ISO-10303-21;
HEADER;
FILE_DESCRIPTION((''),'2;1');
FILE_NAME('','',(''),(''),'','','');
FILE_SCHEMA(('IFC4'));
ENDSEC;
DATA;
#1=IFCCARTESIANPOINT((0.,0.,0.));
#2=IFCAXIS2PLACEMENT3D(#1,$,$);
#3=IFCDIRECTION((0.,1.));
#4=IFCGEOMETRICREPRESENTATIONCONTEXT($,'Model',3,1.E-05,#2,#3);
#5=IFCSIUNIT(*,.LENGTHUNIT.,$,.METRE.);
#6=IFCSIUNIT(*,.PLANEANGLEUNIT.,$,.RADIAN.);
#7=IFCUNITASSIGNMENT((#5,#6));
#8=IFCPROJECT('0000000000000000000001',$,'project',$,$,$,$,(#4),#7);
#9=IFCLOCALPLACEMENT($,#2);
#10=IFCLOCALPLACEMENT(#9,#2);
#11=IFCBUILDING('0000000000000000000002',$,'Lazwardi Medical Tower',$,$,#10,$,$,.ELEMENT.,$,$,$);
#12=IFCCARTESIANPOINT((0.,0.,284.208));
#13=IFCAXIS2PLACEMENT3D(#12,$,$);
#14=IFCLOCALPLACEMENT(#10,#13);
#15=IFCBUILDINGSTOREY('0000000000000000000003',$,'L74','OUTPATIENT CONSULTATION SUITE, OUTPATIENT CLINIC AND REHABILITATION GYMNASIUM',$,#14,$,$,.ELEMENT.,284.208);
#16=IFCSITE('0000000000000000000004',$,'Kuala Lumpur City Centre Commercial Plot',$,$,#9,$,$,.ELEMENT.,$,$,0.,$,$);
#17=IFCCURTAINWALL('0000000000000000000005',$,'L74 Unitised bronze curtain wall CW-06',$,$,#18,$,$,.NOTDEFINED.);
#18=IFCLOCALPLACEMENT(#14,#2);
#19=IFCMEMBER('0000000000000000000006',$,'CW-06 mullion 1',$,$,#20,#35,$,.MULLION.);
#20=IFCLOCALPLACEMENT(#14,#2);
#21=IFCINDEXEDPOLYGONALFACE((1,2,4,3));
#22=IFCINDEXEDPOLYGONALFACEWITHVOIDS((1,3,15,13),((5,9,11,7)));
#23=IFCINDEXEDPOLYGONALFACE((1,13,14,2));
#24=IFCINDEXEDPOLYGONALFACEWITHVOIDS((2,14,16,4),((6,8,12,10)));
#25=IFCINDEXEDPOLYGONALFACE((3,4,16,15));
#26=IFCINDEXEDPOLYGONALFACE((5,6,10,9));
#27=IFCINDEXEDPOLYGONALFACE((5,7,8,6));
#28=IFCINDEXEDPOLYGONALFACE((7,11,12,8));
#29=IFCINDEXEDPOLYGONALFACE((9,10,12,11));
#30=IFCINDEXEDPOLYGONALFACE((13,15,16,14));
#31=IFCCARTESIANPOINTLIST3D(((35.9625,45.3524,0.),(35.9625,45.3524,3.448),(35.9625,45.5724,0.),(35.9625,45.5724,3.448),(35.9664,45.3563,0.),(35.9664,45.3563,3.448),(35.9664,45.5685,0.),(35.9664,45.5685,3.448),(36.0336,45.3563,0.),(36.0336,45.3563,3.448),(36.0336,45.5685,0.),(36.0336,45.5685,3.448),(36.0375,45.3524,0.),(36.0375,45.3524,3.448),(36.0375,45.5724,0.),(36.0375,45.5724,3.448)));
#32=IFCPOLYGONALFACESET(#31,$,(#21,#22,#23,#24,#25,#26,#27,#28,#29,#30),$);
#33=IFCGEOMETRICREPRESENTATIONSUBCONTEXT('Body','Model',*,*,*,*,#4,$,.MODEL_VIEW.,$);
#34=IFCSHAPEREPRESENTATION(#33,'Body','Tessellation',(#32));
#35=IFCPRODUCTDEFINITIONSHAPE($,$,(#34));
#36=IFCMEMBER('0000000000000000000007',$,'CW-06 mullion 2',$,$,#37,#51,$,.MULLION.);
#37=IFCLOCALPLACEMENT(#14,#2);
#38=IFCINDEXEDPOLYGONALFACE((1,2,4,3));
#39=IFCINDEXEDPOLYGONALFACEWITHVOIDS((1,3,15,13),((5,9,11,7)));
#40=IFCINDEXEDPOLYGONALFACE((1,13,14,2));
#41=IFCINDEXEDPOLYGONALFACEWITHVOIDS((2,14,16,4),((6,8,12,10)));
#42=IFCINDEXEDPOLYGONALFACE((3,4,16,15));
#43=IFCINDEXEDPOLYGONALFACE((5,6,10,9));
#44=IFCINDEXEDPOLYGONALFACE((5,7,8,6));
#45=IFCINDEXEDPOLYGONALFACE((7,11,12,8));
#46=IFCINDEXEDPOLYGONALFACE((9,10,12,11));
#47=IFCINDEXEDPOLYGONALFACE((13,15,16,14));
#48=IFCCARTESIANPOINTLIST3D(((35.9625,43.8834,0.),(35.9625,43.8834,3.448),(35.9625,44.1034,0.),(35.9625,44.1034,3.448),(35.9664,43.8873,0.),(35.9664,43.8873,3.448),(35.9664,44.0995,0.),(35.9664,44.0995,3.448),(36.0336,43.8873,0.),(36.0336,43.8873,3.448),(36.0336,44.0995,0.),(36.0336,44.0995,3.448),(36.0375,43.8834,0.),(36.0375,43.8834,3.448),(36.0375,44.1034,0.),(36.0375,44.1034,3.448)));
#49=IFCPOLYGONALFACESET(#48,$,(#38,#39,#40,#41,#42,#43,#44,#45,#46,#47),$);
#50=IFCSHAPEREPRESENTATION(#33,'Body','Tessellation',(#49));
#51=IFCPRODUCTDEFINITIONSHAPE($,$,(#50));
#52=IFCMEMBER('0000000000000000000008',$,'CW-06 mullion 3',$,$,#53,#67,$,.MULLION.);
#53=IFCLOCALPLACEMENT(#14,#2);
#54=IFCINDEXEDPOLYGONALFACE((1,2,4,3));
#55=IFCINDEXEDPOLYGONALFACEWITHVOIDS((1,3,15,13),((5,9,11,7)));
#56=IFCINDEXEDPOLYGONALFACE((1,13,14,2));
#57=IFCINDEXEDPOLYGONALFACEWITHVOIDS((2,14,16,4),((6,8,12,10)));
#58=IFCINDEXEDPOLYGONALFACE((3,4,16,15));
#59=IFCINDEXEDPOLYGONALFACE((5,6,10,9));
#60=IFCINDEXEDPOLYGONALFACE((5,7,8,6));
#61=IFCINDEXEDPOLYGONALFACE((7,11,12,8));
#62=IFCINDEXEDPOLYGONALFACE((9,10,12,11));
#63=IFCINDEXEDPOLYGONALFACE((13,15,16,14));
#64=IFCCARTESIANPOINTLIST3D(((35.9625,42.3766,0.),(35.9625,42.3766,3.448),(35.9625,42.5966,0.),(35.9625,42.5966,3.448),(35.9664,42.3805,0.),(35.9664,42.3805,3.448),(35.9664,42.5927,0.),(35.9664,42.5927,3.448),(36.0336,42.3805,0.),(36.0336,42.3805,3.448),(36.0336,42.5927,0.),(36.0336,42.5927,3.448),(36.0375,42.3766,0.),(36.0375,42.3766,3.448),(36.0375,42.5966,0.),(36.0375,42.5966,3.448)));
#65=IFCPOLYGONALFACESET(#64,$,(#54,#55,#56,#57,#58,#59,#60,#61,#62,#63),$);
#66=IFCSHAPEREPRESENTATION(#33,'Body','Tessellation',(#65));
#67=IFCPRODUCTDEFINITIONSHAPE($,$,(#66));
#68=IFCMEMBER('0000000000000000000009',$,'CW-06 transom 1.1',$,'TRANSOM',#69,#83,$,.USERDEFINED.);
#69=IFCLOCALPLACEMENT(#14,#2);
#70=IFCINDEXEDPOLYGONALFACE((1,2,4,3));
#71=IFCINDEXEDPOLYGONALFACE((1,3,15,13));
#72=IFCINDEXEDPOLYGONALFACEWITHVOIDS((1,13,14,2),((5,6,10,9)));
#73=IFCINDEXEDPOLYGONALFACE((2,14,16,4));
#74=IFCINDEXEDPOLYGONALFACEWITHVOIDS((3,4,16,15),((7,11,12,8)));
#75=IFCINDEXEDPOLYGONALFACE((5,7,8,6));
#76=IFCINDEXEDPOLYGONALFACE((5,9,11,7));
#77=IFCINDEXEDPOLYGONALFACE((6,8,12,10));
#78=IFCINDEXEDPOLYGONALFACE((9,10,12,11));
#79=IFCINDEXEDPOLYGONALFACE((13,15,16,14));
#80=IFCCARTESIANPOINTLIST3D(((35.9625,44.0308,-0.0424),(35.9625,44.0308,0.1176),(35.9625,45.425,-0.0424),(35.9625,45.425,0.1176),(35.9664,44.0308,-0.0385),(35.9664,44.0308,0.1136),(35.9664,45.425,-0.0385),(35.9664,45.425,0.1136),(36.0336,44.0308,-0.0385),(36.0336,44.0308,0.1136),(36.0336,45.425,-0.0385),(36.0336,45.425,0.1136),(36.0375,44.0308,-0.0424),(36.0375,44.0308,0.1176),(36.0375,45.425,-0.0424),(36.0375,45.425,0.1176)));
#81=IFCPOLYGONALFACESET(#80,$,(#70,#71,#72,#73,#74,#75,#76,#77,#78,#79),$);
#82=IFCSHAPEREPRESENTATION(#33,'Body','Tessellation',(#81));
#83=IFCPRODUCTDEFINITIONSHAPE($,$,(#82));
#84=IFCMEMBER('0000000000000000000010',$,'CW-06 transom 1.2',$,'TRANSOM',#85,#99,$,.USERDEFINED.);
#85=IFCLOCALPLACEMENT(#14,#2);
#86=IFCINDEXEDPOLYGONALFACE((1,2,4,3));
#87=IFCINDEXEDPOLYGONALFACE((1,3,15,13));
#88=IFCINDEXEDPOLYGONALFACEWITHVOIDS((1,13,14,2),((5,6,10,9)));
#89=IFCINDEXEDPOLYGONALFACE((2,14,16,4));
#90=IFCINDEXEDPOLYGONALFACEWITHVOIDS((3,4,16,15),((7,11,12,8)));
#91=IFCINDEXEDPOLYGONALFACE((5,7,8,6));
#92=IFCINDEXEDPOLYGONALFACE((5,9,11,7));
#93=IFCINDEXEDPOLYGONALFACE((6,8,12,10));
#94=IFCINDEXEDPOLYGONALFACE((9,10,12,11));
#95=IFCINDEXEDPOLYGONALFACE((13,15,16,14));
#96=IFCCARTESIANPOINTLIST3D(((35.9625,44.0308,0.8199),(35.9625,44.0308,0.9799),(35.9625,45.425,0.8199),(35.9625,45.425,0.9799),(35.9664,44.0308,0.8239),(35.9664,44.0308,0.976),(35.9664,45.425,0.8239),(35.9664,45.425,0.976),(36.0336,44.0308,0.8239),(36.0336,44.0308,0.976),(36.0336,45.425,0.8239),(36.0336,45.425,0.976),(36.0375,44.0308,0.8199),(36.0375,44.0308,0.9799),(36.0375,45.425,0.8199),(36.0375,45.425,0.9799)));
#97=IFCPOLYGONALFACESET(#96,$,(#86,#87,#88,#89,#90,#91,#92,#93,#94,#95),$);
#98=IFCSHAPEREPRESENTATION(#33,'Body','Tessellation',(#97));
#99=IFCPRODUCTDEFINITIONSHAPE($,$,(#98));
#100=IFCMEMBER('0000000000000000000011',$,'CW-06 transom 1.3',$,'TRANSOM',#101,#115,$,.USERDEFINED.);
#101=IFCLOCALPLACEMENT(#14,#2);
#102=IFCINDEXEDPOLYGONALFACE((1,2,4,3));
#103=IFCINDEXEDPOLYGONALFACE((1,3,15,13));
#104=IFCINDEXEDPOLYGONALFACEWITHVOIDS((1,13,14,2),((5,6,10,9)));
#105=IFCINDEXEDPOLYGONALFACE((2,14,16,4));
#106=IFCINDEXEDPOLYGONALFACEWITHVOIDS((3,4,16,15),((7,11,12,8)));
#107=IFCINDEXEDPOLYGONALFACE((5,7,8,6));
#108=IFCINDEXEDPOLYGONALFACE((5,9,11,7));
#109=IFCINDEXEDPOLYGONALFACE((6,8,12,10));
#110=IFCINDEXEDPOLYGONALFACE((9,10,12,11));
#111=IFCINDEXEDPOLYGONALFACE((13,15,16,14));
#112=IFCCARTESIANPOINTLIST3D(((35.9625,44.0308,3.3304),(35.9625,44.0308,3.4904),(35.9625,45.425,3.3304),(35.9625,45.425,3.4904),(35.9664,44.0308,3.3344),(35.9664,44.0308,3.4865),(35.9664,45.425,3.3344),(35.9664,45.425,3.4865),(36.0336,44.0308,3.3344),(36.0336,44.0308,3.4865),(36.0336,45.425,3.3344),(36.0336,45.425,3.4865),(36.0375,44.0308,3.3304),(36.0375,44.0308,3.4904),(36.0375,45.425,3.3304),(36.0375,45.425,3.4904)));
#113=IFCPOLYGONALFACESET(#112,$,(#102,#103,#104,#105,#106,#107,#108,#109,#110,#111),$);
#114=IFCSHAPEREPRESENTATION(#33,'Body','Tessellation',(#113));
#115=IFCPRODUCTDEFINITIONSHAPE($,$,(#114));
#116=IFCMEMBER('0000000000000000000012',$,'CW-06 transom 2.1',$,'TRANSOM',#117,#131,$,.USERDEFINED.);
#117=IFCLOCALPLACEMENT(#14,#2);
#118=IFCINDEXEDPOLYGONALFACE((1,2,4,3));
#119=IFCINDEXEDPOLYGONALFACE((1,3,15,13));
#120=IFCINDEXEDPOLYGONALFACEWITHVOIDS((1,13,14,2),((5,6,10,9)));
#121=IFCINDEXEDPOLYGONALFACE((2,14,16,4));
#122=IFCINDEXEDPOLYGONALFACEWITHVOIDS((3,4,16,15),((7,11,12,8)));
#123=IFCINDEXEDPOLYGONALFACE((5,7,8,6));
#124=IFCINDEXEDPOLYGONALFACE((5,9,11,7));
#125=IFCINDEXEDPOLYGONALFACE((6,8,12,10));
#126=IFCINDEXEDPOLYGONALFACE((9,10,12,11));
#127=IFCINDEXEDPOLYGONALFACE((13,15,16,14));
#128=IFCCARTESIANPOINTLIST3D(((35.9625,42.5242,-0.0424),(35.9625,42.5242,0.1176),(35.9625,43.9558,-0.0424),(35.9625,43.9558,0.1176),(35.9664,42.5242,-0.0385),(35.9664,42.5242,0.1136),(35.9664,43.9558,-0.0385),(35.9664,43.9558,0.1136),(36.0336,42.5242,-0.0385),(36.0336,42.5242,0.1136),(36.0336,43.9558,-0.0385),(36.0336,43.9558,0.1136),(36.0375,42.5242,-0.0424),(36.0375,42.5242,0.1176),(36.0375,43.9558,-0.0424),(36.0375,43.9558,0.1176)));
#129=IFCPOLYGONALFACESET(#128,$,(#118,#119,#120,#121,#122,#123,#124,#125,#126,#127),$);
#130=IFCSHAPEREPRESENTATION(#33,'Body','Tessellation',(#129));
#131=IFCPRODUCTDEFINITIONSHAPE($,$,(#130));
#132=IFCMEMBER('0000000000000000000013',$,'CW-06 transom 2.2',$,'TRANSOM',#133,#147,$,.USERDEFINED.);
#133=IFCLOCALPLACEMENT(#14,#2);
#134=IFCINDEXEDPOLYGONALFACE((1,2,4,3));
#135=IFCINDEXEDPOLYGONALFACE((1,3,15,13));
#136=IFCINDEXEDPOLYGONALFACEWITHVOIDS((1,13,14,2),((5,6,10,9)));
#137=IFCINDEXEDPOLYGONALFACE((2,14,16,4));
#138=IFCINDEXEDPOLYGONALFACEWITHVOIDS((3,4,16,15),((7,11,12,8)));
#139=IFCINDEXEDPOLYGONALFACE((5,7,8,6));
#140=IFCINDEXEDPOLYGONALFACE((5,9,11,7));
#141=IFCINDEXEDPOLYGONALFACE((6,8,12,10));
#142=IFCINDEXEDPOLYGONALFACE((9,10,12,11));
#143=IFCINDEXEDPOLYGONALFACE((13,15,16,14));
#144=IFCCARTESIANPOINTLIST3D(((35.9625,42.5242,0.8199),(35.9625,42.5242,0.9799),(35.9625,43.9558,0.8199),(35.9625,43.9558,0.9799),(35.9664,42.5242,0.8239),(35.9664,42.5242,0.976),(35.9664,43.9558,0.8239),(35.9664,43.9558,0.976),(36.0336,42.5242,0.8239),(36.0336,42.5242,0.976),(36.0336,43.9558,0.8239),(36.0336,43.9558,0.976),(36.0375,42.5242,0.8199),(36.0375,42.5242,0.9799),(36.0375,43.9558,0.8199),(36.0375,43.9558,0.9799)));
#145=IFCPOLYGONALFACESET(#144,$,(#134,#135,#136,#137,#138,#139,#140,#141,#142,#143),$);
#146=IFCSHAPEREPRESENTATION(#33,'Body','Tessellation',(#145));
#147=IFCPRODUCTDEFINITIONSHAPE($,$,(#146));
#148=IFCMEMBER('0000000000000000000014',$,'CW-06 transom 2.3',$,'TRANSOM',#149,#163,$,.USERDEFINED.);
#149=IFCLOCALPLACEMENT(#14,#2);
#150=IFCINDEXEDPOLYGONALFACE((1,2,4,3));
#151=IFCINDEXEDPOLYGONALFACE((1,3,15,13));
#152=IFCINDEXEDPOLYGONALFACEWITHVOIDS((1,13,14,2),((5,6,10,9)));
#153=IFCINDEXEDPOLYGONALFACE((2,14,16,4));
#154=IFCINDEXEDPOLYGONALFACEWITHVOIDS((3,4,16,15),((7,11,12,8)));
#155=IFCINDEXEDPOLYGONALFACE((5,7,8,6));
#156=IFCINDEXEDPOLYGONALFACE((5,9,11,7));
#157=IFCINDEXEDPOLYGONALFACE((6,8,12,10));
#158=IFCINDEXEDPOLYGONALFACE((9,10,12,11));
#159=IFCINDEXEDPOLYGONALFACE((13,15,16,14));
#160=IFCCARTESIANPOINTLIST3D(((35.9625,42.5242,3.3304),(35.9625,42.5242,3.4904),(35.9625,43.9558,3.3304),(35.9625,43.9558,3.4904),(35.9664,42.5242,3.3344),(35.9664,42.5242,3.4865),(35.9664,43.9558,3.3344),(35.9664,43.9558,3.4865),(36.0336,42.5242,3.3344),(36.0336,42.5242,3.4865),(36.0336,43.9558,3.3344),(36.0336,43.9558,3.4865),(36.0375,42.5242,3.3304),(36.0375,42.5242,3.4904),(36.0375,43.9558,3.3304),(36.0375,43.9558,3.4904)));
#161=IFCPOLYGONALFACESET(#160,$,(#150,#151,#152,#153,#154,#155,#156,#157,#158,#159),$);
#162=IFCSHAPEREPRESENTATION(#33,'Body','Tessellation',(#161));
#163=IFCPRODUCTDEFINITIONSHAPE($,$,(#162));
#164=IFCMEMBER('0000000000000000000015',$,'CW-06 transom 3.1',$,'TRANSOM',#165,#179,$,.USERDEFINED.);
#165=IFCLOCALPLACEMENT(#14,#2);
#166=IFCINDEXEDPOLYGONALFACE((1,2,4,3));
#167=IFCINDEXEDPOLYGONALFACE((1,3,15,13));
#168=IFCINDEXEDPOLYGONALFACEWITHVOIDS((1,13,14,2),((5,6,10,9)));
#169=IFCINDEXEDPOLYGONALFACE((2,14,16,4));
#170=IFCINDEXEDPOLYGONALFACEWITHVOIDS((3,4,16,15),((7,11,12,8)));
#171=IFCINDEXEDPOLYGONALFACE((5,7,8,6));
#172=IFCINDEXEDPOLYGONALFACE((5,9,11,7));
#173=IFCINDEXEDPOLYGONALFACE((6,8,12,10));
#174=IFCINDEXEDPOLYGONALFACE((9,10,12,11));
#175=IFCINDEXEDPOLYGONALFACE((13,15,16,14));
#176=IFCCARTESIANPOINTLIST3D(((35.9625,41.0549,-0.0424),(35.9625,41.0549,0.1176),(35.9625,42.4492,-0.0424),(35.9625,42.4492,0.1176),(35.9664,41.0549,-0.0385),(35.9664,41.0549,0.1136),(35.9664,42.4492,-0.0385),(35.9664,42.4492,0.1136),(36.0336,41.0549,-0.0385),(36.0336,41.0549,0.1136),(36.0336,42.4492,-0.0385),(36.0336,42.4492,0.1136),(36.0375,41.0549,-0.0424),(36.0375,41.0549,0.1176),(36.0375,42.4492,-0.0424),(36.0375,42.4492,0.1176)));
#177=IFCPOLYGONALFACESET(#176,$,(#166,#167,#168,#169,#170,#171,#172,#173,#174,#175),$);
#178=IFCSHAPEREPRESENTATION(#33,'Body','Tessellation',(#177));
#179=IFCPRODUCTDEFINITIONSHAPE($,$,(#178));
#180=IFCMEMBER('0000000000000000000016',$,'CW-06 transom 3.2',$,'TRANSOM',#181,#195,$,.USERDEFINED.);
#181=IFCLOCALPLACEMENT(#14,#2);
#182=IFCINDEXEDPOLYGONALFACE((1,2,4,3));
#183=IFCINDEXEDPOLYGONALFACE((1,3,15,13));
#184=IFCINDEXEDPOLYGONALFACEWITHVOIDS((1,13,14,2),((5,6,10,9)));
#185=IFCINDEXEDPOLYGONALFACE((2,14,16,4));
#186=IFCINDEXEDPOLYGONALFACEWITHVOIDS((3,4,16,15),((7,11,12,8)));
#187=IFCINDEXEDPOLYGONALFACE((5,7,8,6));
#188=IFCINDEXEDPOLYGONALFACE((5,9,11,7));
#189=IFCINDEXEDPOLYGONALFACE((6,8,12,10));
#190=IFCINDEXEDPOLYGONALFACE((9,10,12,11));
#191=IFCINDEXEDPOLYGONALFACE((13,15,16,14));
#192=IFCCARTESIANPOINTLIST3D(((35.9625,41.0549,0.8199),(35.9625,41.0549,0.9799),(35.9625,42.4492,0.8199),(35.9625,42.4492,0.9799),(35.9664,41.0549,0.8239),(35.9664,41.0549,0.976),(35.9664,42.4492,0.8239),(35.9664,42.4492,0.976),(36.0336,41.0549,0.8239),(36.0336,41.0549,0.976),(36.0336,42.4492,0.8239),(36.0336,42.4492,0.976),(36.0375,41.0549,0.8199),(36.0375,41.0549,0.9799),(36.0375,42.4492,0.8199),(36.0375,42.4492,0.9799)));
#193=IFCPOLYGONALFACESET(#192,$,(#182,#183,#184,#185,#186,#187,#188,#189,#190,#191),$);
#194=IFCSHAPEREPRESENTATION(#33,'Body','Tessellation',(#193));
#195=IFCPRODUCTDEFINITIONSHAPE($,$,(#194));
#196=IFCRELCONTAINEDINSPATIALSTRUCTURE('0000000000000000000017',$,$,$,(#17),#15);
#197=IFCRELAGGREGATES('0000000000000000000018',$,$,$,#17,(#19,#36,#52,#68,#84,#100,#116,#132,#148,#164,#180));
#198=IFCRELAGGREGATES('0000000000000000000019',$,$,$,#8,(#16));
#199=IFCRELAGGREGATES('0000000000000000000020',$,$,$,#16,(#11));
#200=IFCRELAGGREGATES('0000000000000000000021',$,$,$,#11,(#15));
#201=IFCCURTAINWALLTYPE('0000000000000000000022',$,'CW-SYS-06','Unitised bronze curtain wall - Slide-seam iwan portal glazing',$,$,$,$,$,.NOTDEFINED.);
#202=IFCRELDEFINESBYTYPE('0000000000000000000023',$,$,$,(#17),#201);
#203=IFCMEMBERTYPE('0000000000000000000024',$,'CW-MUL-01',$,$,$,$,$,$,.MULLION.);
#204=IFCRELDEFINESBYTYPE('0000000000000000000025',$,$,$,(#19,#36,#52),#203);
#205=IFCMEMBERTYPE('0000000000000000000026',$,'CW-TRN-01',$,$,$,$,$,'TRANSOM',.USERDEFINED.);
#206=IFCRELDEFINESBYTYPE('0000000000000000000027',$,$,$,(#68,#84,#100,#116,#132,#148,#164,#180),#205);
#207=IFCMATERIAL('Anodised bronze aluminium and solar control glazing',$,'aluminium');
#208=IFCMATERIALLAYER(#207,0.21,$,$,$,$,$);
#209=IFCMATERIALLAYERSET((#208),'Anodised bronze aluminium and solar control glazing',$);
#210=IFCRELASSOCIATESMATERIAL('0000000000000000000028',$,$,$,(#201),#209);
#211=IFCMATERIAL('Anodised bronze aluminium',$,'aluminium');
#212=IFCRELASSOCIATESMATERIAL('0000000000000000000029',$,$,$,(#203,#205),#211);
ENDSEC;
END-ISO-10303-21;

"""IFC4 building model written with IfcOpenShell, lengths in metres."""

from ifc_helpers import new_model, si_unit, direction, frame, origin, origin_2d, place, context, subcontext, project, spatial, hollow_rectangle, extrude, material, layer, layer_set, material_profile, profile_set, type_object, element, aggregate, save


model = new_model("IFC4")

# Units and contexts
model_context = context("Model", 3, precision=1e-05, world=origin(), true_north=direction((0.0, 1.0)))
body_context = subcontext(model_context, "Body", "Model", "MODEL_VIEW")
ifc_project = project(units=[si_unit("LENGTHUNIT", "METRE"), si_unit("PLANEANGLEUNIT", "RADIAN")], contexts=[model_context])

# Site, building, storey
site_placement = place(None, origin())
site = spatial("IfcSite", under=ifc_project, at=site_placement, Name="Kuala Lumpur City Centre Commercial Plot", CompositionType="ELEMENT", RefElevation=0.0)
building_placement = place(site_placement, origin())
building = spatial("IfcBuilding", under=site, at=building_placement, Name="Lazwardi Medical Tower", CompositionType="ELEMENT")
storey_placement = place(building_placement, frame((0.0, 0.0, 284.208)))
storey = spatial("IfcBuildingStorey", under=building, at=storey_placement, Name="L74", Description="OUTPATIENT CONSULTATION SUITE, OUTPATIENT CLINIC AND REHABILITATION GYMNASIUM", CompositionType="ELEMENT", Elevation=284.208)

# Curtain wall, members
ifc_material_1 = material(Name="Anodised bronze aluminium and solar control glazing", Category="aluminium")
ifc_layer_1 = layer(ifc_material_1, 0.21)
ifc_layer_set_1 = layer_set([ifc_layer_1], Name="Anodised bronze aluminium and solar control glazing")
curtain_wall_type = type_object("IfcCurtainWallType", Name="CW-SYS-06", Description="Unitised bronze curtain wall - Slide-seam iwan portal glazing", PredefinedType="NOTDEFINED", material=ifc_layer_set_1)
curtain_wall_placement = place(storey_placement, origin())
curtain_wall = element("IfcCurtainWall", 1, at=curtain_wall_placement, inside=storey, type_object=curtain_wall_type, Name="L74 Unitised bronze curtain wall CW-06", PredefinedType="NOTDEFINED")
ifc_material_2 = material(Name="Anodised bronze aluminium", Category="aluminium")
ifc_material_profile_1 = material_profile(ifc_material_2, hollow_rectangle(XDim=0.075, YDim=0.22, WallThickness=0.0039, at=origin_2d()), Name="ALU-MULLION 220x75x4")
ifc_profile_set_1 = profile_set([ifc_material_profile_1], Name="Anodised bronze aluminium")
member_type_1 = type_object("IfcMemberType", Name="CW-MUL-01", PredefinedType="MULLION", material=ifc_profile_set_1)
member_1_placement = place(storey_placement, frame((36.0, 45.4624, 0.0), z_axis=(0.0, 0.0, 1.0), x_axis=(1.0, 0.0, 0.0)))
member_1 = element("IfcMember", 2, at=member_1_placement, type_object=member_type_1, Name="CW-06 mullion 1", PredefinedType="MULLION", context=body_context, shape_type="SweptSolid", body=[
    extrude(hollow_rectangle(XDim=0.075, YDim=0.22, WallThickness=0.0039, at=origin_2d()), origin(), (0.0, 0.0, 1.0), 3.448),
])
member_2_placement = place(storey_placement, frame((36.0, 43.9934, 0.0), z_axis=(0.0, 0.0, 1.0), x_axis=(1.0, 0.0, 0.0)))
member_2 = element("IfcMember", 3, at=member_2_placement, type_object=member_type_1, Name="CW-06 mullion 2", PredefinedType="MULLION", context=body_context, shape_type="SweptSolid", body=[
    extrude(hollow_rectangle(XDim=0.075, YDim=0.22, WallThickness=0.0039, at=origin_2d()), origin(), (0.0, 0.0, 1.0), 3.448),
])
member_3_placement = place(storey_placement, frame((36.0, 42.4866, 0.0), z_axis=(0.0, 0.0, 1.0), x_axis=(1.0, 0.0, 0.0)))
member_3 = element("IfcMember", 4, at=member_3_placement, type_object=member_type_1, Name="CW-06 mullion 3", PredefinedType="MULLION", context=body_context, shape_type="SweptSolid", body=[
    extrude(hollow_rectangle(XDim=0.075, YDim=0.22, WallThickness=0.0039, at=origin_2d()), origin(), (0.0, 0.0, 1.0), 3.448),
])
ifc_material_profile_2 = material_profile(ifc_material_2, hollow_rectangle(XDim=0.075, YDim=0.1599, WallThickness=0.0039, at=origin_2d()), Name="ALU-TRANSOM 160x75x4")
ifc_profile_set_2 = profile_set([ifc_material_profile_2], Name="Anodised bronze aluminium")
member_type_2 = type_object("IfcMemberType", Name="CW-TRN-01", ElementType="TRANSOM", PredefinedType="USERDEFINED", material=ifc_profile_set_2)
member_4_placement = place(storey_placement, frame((36.0, 45.425, 0.0376), z_axis=(0.0, -1.0, 0.0), x_axis=(1.0, 0.0, 0.0)))
member_4 = element("IfcMember", 5, at=member_4_placement, type_object=member_type_2, Name="CW-06 transom 1.1", ObjectType="TRANSOM", PredefinedType="USERDEFINED", context=body_context, shape_type="SweptSolid", body=[
    extrude(hollow_rectangle(XDim=0.075, YDim=0.1599, WallThickness=0.0039, at=origin_2d()), origin(), (0.0, 0.0, 1.0), 1.3943),
])
member_5_placement = place(storey_placement, frame((36.0, 45.425, 0.8999), z_axis=(0.0, -1.0, 0.0), x_axis=(1.0, 0.0, 0.0)))
member_5 = element("IfcMember", 6, at=member_5_placement, type_object=member_type_2, Name="CW-06 transom 1.2", ObjectType="TRANSOM", PredefinedType="USERDEFINED", context=body_context, shape_type="SweptSolid", body=[
    extrude(hollow_rectangle(XDim=0.075, YDim=0.1599, WallThickness=0.0039, at=origin_2d()), origin(), (0.0, 0.0, 1.0), 1.3943),
])
member_6_placement = place(storey_placement, frame((36.0, 45.425, 3.4104), z_axis=(0.0, -1.0, 0.0), x_axis=(1.0, 0.0, 0.0)))
member_6 = element("IfcMember", 7, at=member_6_placement, type_object=member_type_2, Name="CW-06 transom 1.3", ObjectType="TRANSOM", PredefinedType="USERDEFINED", context=body_context, shape_type="SweptSolid", body=[
    extrude(hollow_rectangle(XDim=0.075, YDim=0.1599, WallThickness=0.0039, at=origin_2d()), origin(), (0.0, 0.0, 1.0), 1.3943),
])
member_7_placement = place(storey_placement, frame((36.0, 43.9558, 0.0376), z_axis=(0.0, -1.0, 0.0), x_axis=(1.0, 0.0, 0.0)))
member_7 = element("IfcMember", 8, at=member_7_placement, type_object=member_type_2, Name="CW-06 transom 2.1", ObjectType="TRANSOM", PredefinedType="USERDEFINED", context=body_context, shape_type="SweptSolid", body=[
    extrude(hollow_rectangle(XDim=0.075, YDim=0.1599, WallThickness=0.0039, at=origin_2d()), origin(), (0.0, 0.0, 1.0), 1.4316),
])
member_8_placement = place(storey_placement, frame((36.0, 43.9558, 0.8999), z_axis=(0.0, -1.0, 0.0), x_axis=(1.0, 0.0, 0.0)))
member_8 = element("IfcMember", 9, at=member_8_placement, type_object=member_type_2, Name="CW-06 transom 2.2", ObjectType="TRANSOM", PredefinedType="USERDEFINED", context=body_context, shape_type="SweptSolid", body=[
    extrude(hollow_rectangle(XDim=0.075, YDim=0.1599, WallThickness=0.0039, at=origin_2d()), origin(), (0.0, 0.0, 1.0), 1.4316),
])
member_9_placement = place(storey_placement, frame((36.0, 43.9558, 3.4104), z_axis=(0.0, -1.0, 0.0), x_axis=(1.0, 0.0, 0.0)))
member_9 = element("IfcMember", 10, at=member_9_placement, type_object=member_type_2, Name="CW-06 transom 2.3", ObjectType="TRANSOM", PredefinedType="USERDEFINED", context=body_context, shape_type="SweptSolid", body=[
    extrude(hollow_rectangle(XDim=0.075, YDim=0.1599, WallThickness=0.0039, at=origin_2d()), origin(), (0.0, 0.0, 1.0), 1.4316),
])
member_10_placement = place(storey_placement, frame((36.0, 42.4492, 0.0376), z_axis=(0.0, -1.0, 0.0), x_axis=(1.0, 0.0, 0.0)))
member_10 = element("IfcMember", 11, at=member_10_placement, type_object=member_type_2, Name="CW-06 transom 3.1", ObjectType="TRANSOM", PredefinedType="USERDEFINED", context=body_context, shape_type="SweptSolid", body=[
    extrude(hollow_rectangle(XDim=0.075, YDim=0.1599, WallThickness=0.0039, at=origin_2d()), origin(), (0.0, 0.0, 1.0), 1.3943),
])
member_11_placement = place(storey_placement, frame((36.0, 42.4492, 0.8999), z_axis=(0.0, -1.0, 0.0), x_axis=(1.0, 0.0, 0.0)))
member_11 = element("IfcMember", 12, at=member_11_placement, type_object=member_type_2, Name="CW-06 transom 3.2", ObjectType="TRANSOM", PredefinedType="USERDEFINED", context=body_context, shape_type="SweptSolid", body=[
    extrude(hollow_rectangle(XDim=0.075, YDim=0.1599, WallThickness=0.0039, at=origin_2d()), origin(), (0.0, 0.0, 1.0), 1.3943),
])
aggregate(curtain_wall, [member_1, member_2, member_3, member_4, member_5, member_6, member_7, member_8, member_9, member_10, member_11])

save(model, "model.ifc")
